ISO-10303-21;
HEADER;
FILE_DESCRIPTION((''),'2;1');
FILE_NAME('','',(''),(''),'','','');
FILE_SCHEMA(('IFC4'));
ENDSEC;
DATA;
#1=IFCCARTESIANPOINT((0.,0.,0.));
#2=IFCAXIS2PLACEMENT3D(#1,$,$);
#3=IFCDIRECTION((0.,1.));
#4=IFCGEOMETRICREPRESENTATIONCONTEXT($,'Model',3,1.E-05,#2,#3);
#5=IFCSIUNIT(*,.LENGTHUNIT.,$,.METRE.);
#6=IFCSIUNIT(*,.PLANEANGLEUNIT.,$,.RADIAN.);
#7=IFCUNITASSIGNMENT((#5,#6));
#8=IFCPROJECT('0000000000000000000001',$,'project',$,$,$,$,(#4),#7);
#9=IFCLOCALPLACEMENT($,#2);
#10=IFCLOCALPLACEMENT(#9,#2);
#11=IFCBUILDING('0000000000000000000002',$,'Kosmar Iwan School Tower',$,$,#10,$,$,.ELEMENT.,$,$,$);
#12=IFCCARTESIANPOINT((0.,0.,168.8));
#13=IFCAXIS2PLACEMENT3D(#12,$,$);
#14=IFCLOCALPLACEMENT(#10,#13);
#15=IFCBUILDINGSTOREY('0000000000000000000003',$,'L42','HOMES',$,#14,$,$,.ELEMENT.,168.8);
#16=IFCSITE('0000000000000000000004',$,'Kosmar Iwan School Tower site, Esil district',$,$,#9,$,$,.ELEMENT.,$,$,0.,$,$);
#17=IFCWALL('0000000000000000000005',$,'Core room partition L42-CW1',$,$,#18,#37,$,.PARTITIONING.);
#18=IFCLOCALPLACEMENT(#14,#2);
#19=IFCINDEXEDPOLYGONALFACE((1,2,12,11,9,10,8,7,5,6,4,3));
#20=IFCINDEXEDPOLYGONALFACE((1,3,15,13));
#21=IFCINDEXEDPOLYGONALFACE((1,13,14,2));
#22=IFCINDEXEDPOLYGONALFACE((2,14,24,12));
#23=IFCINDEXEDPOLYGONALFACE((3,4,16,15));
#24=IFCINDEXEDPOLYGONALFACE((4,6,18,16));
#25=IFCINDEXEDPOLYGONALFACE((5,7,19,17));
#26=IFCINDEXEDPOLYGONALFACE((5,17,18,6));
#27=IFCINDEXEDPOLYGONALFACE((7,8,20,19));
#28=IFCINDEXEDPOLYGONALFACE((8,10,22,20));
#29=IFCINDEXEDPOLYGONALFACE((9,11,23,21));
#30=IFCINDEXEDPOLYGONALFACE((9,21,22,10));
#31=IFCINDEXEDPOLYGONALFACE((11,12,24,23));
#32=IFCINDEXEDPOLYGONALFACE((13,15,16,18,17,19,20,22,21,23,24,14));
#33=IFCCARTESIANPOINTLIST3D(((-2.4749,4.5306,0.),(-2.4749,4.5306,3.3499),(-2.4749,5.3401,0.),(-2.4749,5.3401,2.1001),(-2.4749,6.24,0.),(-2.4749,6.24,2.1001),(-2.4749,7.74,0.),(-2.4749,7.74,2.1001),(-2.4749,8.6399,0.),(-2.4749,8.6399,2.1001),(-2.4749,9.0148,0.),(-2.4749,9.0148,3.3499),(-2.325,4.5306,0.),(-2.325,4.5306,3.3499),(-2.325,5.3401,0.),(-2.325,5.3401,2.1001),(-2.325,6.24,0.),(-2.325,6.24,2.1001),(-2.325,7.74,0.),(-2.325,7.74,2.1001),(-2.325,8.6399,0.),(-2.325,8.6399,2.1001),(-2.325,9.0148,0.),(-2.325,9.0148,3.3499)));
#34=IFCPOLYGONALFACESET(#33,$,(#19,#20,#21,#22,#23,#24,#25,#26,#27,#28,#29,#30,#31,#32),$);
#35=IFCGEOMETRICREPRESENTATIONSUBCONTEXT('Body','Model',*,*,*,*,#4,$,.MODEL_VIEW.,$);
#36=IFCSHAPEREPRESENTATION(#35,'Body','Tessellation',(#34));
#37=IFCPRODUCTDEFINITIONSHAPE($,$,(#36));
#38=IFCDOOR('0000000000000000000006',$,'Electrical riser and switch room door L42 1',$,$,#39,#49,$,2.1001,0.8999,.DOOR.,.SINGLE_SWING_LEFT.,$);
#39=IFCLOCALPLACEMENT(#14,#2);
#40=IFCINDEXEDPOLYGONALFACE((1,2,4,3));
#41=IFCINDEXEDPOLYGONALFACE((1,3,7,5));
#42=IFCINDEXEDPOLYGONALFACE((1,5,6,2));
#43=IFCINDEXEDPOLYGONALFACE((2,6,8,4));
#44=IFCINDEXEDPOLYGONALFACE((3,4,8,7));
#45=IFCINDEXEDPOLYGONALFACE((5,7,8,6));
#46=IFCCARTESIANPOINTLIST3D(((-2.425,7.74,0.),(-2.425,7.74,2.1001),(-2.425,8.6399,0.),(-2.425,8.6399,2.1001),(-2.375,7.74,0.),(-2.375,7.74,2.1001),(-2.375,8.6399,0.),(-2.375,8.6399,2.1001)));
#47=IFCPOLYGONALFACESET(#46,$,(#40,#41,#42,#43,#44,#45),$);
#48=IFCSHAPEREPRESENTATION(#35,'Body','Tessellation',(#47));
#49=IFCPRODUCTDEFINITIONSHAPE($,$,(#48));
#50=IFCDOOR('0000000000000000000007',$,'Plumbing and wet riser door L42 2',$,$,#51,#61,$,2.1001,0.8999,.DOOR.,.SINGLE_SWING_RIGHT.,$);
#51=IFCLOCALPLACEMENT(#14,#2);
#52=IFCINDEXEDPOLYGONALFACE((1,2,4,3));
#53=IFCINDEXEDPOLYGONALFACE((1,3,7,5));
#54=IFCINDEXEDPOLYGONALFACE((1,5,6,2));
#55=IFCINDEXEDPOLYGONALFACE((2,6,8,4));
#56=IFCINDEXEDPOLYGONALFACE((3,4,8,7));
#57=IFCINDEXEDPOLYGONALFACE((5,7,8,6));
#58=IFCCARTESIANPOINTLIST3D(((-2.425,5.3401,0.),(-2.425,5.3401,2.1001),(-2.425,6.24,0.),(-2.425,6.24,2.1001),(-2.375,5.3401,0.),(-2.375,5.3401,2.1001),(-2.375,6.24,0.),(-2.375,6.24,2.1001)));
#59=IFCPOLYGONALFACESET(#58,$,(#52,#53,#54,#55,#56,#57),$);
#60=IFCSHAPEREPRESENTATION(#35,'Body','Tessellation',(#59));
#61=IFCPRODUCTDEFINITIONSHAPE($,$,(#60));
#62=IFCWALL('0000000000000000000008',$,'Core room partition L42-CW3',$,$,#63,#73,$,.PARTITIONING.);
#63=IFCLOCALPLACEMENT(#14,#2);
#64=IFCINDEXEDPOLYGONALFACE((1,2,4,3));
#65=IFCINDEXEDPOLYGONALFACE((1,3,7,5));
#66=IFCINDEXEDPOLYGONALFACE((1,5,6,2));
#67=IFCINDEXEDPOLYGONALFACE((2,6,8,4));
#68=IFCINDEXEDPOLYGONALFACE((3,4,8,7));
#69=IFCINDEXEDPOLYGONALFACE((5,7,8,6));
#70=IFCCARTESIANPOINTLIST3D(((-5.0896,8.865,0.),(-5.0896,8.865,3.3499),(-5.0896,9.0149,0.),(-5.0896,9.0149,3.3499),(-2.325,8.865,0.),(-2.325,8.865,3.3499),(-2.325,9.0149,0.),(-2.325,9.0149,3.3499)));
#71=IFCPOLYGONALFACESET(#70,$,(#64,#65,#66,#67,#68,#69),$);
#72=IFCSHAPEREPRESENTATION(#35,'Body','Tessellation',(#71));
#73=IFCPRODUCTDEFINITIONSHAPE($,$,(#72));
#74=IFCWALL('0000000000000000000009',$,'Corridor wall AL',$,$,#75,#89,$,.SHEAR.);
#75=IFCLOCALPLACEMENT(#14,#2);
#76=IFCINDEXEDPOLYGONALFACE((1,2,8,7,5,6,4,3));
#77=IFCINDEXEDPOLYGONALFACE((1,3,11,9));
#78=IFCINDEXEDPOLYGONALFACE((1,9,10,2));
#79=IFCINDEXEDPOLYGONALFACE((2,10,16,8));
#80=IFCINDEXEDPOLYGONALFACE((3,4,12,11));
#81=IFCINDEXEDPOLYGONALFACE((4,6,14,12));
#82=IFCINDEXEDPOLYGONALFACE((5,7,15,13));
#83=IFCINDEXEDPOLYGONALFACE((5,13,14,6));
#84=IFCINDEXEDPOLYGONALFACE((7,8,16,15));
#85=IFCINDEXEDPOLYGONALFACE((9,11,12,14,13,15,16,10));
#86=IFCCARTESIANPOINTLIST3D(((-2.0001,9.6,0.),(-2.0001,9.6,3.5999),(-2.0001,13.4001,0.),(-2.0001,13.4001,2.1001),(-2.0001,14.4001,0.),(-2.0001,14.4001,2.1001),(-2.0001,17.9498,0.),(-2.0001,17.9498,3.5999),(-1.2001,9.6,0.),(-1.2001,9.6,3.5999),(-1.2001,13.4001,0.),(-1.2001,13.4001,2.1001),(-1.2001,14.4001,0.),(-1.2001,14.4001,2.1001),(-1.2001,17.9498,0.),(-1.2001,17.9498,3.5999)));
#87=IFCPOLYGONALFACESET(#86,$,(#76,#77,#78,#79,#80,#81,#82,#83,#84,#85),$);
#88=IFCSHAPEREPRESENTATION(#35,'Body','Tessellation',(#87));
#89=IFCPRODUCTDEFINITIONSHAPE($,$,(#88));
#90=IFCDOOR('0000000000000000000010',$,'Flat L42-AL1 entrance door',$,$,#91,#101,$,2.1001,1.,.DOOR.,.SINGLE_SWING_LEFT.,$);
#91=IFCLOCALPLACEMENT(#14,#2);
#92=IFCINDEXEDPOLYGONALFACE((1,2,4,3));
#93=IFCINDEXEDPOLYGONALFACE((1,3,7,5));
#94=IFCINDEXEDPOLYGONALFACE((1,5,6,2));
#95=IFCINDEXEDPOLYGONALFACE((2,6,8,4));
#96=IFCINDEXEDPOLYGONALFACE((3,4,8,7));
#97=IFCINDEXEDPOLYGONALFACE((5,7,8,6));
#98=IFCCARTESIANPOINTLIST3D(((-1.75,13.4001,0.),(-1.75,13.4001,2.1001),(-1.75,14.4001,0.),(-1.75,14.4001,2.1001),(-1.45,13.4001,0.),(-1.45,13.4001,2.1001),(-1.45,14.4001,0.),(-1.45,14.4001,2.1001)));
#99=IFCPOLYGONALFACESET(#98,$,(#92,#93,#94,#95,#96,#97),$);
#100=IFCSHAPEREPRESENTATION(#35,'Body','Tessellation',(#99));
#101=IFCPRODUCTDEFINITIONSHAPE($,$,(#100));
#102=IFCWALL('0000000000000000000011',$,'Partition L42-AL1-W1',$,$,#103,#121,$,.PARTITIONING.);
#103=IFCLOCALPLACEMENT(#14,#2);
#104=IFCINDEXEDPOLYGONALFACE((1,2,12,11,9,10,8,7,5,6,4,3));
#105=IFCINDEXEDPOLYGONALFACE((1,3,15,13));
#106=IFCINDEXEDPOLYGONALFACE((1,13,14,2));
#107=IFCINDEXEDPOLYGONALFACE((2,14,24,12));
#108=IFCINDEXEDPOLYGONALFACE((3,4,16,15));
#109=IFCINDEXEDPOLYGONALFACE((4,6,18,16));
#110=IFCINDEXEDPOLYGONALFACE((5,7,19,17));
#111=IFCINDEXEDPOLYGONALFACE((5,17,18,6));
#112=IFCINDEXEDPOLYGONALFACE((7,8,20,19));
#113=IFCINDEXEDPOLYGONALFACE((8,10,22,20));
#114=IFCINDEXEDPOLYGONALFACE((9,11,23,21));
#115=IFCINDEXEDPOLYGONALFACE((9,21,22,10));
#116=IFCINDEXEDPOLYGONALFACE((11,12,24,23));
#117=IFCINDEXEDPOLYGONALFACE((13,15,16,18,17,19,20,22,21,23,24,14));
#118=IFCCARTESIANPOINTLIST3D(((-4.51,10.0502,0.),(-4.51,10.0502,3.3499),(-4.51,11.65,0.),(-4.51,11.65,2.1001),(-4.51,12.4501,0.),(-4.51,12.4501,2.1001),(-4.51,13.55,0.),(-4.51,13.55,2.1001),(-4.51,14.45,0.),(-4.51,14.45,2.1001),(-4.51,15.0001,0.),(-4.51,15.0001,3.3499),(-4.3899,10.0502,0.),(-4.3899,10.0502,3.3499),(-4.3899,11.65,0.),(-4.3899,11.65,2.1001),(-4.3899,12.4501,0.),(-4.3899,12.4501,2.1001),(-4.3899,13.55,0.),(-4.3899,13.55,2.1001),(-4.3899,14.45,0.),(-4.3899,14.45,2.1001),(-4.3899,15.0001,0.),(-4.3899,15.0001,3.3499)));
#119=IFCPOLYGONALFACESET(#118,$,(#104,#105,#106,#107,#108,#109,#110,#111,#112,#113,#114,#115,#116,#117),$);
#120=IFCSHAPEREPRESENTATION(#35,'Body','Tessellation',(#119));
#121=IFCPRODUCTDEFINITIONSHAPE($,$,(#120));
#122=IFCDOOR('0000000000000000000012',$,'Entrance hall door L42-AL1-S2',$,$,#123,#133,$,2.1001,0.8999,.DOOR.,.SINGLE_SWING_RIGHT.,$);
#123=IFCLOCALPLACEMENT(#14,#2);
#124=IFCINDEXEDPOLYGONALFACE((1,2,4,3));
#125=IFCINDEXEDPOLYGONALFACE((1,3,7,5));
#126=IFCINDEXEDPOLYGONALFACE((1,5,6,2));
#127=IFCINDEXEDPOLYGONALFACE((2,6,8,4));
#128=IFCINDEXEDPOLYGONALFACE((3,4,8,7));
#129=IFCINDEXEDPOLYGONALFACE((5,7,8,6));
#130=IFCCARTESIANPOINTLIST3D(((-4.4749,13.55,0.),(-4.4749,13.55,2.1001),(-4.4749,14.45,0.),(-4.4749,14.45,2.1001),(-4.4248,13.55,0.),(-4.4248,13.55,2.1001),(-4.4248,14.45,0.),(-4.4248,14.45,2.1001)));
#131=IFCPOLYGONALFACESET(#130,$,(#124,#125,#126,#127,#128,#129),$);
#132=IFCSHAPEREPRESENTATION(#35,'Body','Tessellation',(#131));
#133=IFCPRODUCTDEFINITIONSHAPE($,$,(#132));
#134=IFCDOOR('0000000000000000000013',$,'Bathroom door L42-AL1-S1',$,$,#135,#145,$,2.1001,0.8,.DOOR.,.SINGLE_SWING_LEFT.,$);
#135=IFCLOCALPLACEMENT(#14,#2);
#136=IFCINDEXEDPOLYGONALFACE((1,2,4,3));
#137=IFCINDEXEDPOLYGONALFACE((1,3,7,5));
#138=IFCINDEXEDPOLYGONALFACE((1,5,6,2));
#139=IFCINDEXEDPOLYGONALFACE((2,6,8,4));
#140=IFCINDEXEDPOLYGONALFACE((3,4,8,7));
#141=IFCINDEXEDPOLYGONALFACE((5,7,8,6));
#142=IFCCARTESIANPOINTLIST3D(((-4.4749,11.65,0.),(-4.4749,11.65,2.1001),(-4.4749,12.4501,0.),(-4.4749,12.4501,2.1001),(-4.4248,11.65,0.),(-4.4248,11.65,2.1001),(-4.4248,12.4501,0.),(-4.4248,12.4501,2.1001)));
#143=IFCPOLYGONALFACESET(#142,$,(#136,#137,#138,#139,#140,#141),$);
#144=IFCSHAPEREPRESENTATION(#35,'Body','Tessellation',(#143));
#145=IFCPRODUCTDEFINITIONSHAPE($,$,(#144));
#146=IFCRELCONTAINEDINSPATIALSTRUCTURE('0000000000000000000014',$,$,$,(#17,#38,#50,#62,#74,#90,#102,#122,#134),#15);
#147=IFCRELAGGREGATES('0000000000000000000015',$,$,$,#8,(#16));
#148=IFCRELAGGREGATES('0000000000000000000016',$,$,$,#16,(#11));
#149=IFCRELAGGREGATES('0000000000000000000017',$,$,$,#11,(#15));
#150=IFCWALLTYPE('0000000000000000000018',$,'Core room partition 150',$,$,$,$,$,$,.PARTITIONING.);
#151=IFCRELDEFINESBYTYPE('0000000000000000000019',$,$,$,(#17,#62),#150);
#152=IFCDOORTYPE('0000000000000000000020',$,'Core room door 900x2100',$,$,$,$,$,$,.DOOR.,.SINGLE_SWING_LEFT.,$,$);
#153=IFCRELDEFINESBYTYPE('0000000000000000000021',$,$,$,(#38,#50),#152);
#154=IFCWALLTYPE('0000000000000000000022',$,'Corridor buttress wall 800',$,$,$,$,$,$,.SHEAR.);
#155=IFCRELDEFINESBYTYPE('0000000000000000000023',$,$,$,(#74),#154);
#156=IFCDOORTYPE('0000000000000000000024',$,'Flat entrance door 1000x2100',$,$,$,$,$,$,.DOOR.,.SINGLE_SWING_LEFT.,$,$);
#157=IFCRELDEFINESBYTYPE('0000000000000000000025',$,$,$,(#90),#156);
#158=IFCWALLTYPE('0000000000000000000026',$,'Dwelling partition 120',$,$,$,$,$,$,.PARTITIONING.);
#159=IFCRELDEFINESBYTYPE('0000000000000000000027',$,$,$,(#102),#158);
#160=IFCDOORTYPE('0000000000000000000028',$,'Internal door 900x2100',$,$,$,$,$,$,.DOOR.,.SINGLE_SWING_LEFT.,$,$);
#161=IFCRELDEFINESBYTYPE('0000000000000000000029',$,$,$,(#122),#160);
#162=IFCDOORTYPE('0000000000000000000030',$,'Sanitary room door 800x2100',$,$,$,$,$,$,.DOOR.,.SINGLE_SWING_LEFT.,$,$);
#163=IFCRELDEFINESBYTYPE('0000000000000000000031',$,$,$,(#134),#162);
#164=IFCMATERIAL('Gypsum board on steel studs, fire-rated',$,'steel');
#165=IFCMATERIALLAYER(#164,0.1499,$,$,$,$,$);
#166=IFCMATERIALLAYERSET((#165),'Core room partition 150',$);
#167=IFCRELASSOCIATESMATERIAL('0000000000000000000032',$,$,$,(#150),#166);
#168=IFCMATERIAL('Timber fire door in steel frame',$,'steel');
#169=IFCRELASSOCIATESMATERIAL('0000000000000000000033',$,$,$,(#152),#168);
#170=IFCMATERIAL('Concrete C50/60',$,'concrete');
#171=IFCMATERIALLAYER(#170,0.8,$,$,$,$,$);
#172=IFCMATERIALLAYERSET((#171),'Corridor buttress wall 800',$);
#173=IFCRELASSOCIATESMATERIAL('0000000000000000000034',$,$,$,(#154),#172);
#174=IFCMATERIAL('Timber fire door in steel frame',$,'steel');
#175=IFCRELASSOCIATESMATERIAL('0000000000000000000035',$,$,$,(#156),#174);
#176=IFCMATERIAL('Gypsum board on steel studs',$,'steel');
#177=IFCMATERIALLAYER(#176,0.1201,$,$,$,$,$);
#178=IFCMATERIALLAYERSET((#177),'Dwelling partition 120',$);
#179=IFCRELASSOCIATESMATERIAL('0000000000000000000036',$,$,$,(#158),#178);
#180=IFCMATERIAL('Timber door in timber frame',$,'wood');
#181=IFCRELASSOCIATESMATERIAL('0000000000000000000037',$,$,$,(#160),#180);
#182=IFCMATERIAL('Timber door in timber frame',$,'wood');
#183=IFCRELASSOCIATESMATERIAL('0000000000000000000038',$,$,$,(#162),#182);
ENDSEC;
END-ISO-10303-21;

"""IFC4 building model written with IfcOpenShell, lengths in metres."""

from ifc_helpers import new_model, si_unit, direction, frame, frame_2d, origin, place, context, subcontext, project, spatial, rectangle, extrude, material, layer, layer_set, type_object, element, fill, save


model = new_model("IFC4")

# Units and contexts
model_context = context("Model", 3, precision=1e-05, world=origin(), true_north=direction((0.0, 1.0)))
body_context = subcontext(model_context, "Body", "Model", "MODEL_VIEW")
ifc_project = project(units=[si_unit("LENGTHUNIT", "METRE"), si_unit("PLANEANGLEUNIT", "RADIAN")], contexts=[model_context])

# Site, building, storey
site_placement = place(None, origin())
site = spatial("IfcSite", under=ifc_project, at=site_placement, Name="Kosmar Iwan School Tower site, Esil district", CompositionType="ELEMENT", RefElevation=0.0)
building_placement = place(site_placement, origin())
building = spatial("IfcBuilding", under=site, at=building_placement, Name="Kosmar Iwan School Tower", CompositionType="ELEMENT")
storey_placement = place(building_placement, frame((0.0, 0.0, 168.8)))
storey = spatial("IfcBuildingStorey", under=building, at=storey_placement, Name="L42", Description="HOMES", CompositionType="ELEMENT", Elevation=168.8)

# Wall, openings, doors
ifc_material_1 = material(Name="Gypsum board on steel studs, fire-rated", Category="steel")
ifc_layer_1 = layer(ifc_material_1, 0.1499)
ifc_layer_set_1 = layer_set([ifc_layer_1], Name="Core room partition 150")
wall_type_1 = type_object("IfcWallType", Name="Core room partition 150", PredefinedType="PARTITIONING", material=ifc_layer_set_1)
wall_1_placement = place(storey_placement, frame((-2.3999, 9.0149, 0.0), z_axis=(0.0, 0.0, 1.0), x_axis=(0.0, -1.0, 0.0)))
wall_1 = element("IfcWall", 1, at=wall_1_placement, inside=storey, type_object=wall_type_1, Name="Core room partition L42-CW1", PredefinedType="PARTITIONING", context=body_context, shape_type="SweptSolid", body=[
    extrude(rectangle(XDim=4.4841, YDim=0.1499, at=frame_2d((2.2422, 0.0))), origin(), (0.0, 0.0, 1.0), 3.3499),
])
opening_1_placement = place(wall_1_placement, frame((0.375, 0.0, 0.0)))
opening_1 = element("IfcOpeningElement", 2, at=opening_1_placement, cuts=wall_1, PredefinedType="OPENING", context=body_context, shape_type="SweptSolid", body=[
    extrude(rectangle(XDim=0.8999, YDim=2.1001, at=frame_2d((0.45, 1.05))), frame((0.0, 0.0869, 0.0), z_axis=(0.0, -1.0, 0.0), x_axis=(1.0, 0.0, 0.0)), (0.0, 0.0, 1.0), 0.1738),
])
opening_2_placement = place(wall_1_placement, frame((2.7749, 0.0, 0.0)))
opening_2 = element("IfcOpeningElement", 3, at=opening_2_placement, cuts=wall_1, PredefinedType="OPENING", context=body_context, shape_type="SweptSolid", body=[
    extrude(rectangle(XDim=0.8999, YDim=2.1001, at=frame_2d((0.45, 1.05))), frame((0.0, 0.0869, 0.0), z_axis=(0.0, -1.0, 0.0), x_axis=(1.0, 0.0, 0.0)), (0.0, 0.0, 1.0), 0.1738),
])
ifc_material_2 = material(Name="Timber fire door in steel frame", Category="steel")
door_type_1 = type_object("IfcDoorType", Name="Core room door 900x2100", OperationType="SINGLE_SWING_LEFT", PredefinedType="DOOR", material=ifc_material_2)
door_1_placement = place(opening_1_placement, origin())
door_1 = element("IfcDoor", 4, at=door_1_placement, inside=storey, type_object=door_type_1, Name="Electrical riser and switch room door L42 1", OperationType="SINGLE_SWING_LEFT", OverallHeight=2.1001, OverallWidth=0.8999, PredefinedType="DOOR", context=body_context, shape_type="SweptSolid", body=[
    extrude(rectangle(XDim=0.8999, YDim=2.1001, at=frame_2d((0.45, 1.05))), frame((0.0, 0.0249, 0.0), z_axis=(0.0, -1.0, 0.0), x_axis=(1.0, 0.0, 0.0)), (0.0, 0.0, 1.0), 0.05),
])
fill(opening_1, door_1)
door_2_placement = place(opening_2_placement, origin())
door_2 = element("IfcDoor", 5, at=door_2_placement, inside=storey, type_object=door_type_1, Name="Plumbing and wet riser door L42 2", OperationType="SINGLE_SWING_RIGHT", OverallHeight=2.1001, OverallWidth=0.8999, PredefinedType="DOOR", context=body_context, shape_type="SweptSolid", body=[
    extrude(rectangle(XDim=0.8999, YDim=2.1001, at=frame_2d((0.45, 1.05))), frame((0.0, 0.0249, 0.0), z_axis=(0.0, -1.0, 0.0), x_axis=(1.0, 0.0, 0.0)), (0.0, 0.0, 1.0), 0.05),
])
fill(opening_2, door_2)

# Wall
wall_2_placement = place(storey_placement, frame((-5.0896, 8.9399, 0.0), z_axis=(0.0, 0.0, 1.0), x_axis=(1.0, 0.0, 0.0)))
element("IfcWall", 6, at=wall_2_placement, inside=storey, type_object=wall_type_1, Name="Core room partition L42-CW3", PredefinedType="PARTITIONING", context=body_context, shape_type="SweptSolid", body=[
    extrude(rectangle(XDim=2.7646, YDim=0.1499, at=frame_2d((1.3823, 0.0))), origin(), (0.0, 0.0, 1.0), 3.3499),
])

# Wall, opening, door
ifc_material_3 = material(Name="Concrete C50/60", Category="concrete")
ifc_layer_2 = layer(ifc_material_3, 0.8)
ifc_layer_set_2 = layer_set([ifc_layer_2], Name="Corridor buttress wall 800")
wall_type_2 = type_object("IfcWallType", Name="Corridor buttress wall 800", PredefinedType="SHEAR", material=ifc_layer_set_2)
wall_3_placement = place(storey_placement, frame((-1.6001, 9.6001, 0.0), z_axis=(0.0, 0.0, 1.0), x_axis=(0.0, 1.0, 0.0)))
wall_3 = element("IfcWall", 7, at=wall_3_placement, inside=storey, type_object=wall_type_2, Name="Corridor wall AL", PredefinedType="SHEAR", context=body_context, shape_type="SweptSolid", body=[
    extrude(rectangle(XDim=8.3499, YDim=0.8, at=frame_2d((4.1748, 0.0))), origin(), (0.0, 0.0, 1.0), 3.5999),
])
opening_3_placement = place(wall_3_placement, frame((3.8, 0.0, 0.0)))
opening_3 = element("IfcOpeningElement", 8, at=opening_3_placement, cuts=wall_3, PredefinedType="OPENING", context=body_context, shape_type="SweptSolid", body=[
    extrude(rectangle(XDim=1.0, YDim=2.1001, at=frame_2d((0.5, 1.05))), frame((0.0, 0.4121, 0.0), z_axis=(0.0, -1.0, 0.0), x_axis=(1.0, 0.0, 0.0)), (0.0, 0.0, 1.0), 0.824),
])
ifc_material_4 = material(Name="Timber fire door in steel frame", Category="steel")
door_type_2 = type_object("IfcDoorType", Name="Flat entrance door 1000x2100", OperationType="SINGLE_SWING_LEFT", PredefinedType="DOOR", material=ifc_material_4)
door_3_placement = place(opening_3_placement, origin())
door_3 = element("IfcDoor", 9, at=door_3_placement, inside=storey, type_object=door_type_2, Name="Flat L42-AL1 entrance door", OperationType="SINGLE_SWING_LEFT", OverallHeight=2.1001, OverallWidth=1.0, PredefinedType="DOOR", context=body_context, shape_type="SweptSolid", body=[
    extrude(rectangle(XDim=1.0, YDim=2.1001, at=frame_2d((0.5, 1.05))), frame((0.0, 0.1499, 0.0), z_axis=(0.0, -1.0, 0.0), x_axis=(1.0, 0.0, 0.0)), (0.0, 0.0, 1.0), 0.3),
])
fill(opening_3, door_3)

# Wall, openings, doors
ifc_material_5 = material(Name="Gypsum board on steel studs", Category="steel")
ifc_layer_3 = layer(ifc_material_5, 0.1201)
ifc_layer_set_3 = layer_set([ifc_layer_3], Name="Dwelling partition 120")
wall_type_3 = type_object("IfcWallType", Name="Dwelling partition 120", PredefinedType="PARTITIONING", material=ifc_layer_set_3)
wall_4_placement = place(storey_placement, frame((-4.45, 10.05, 0.0), z_axis=(0.0, 0.0, 1.0), x_axis=(0.0, 1.0, 0.0)))
wall_4 = element("IfcWall", 10, at=wall_4_placement, inside=storey, type_object=wall_type_3, Name="Partition L42-AL1-W1", PredefinedType="PARTITIONING", context=body_context, shape_type="SweptSolid", body=[
    extrude(rectangle(XDim=4.95, YDim=0.1201, at=frame_2d((2.4751, 0.0))), origin(), (0.0, 0.0, 1.0), 3.3499),
])
opening_4_placement = place(wall_4_placement, frame((1.6001, 0.0, 0.0)))
opening_4 = element("IfcOpeningElement", 11, at=opening_4_placement, cuts=wall_4, PredefinedType="OPENING", context=body_context, shape_type="SweptSolid", body=[
    extrude(rectangle(XDim=0.8, YDim=2.1001, at=frame_2d((0.3999, 1.05))), frame((0.0, 0.072, 0.0), z_axis=(0.0, -1.0, 0.0), x_axis=(1.0, 0.0, 0.0)), (0.0, 0.0, 1.0), 0.144),
])
opening_5_placement = place(wall_4_placement, frame((3.5, 0.0, 0.0)))
opening_5 = element("IfcOpeningElement", 12, at=opening_5_placement, cuts=wall_4, PredefinedType="OPENING", context=body_context, shape_type="SweptSolid", body=[
    extrude(rectangle(XDim=0.8999, YDim=2.1001, at=frame_2d((0.45, 1.05))), frame((0.0, 0.072, 0.0), z_axis=(0.0, -1.0, 0.0), x_axis=(1.0, 0.0, 0.0)), (0.0, 0.0, 1.0), 0.144),
])
ifc_material_6 = material(Name="Timber door in timber frame", Category="wood")
door_type_3 = type_object("IfcDoorType", Name="Internal door 900x2100", OperationType="SINGLE_SWING_LEFT", PredefinedType="DOOR", material=ifc_material_6)
door_4_placement = place(opening_5_placement, origin())
door_4 = element("IfcDoor", 13, at=door_4_placement, inside=storey, type_object=door_type_3, Name="Entrance hall door L42-AL1-S2", OperationType="SINGLE_SWING_RIGHT", OverallHeight=2.1001, OverallWidth=0.8999, PredefinedType="DOOR", context=body_context, shape_type="SweptSolid", body=[
    extrude(rectangle(XDim=0.8999, YDim=2.1001, at=frame_2d((0.45, 1.05))), frame((0.0, 0.0249, 0.0), z_axis=(0.0, -1.0, 0.0), x_axis=(1.0, 0.0, 0.0)), (0.0, 0.0, 1.0), 0.05),
])
fill(opening_5, door_4)
ifc_material_7 = material(Name="Timber door in timber frame", Category="wood")
door_type_4 = type_object("IfcDoorType", Name="Sanitary room door 800x2100", OperationType="SINGLE_SWING_LEFT", PredefinedType="DOOR", material=ifc_material_7)
door_5_placement = place(opening_4_placement, origin())
door_5 = element("IfcDoor", 14, at=door_5_placement, inside=storey, type_object=door_type_4, Name="Bathroom door L42-AL1-S1", OperationType="SINGLE_SWING_LEFT", OverallHeight=2.1001, OverallWidth=0.8, PredefinedType="DOOR", context=body_context, shape_type="SweptSolid", body=[
    extrude(rectangle(XDim=0.8, YDim=2.1001, at=frame_2d((0.3999, 1.05))), frame((0.0, 0.0249, 0.0), z_axis=(0.0, -1.0, 0.0), x_axis=(1.0, 0.0, 0.0)), (0.0, 0.0, 1.0), 0.05),
])
fill(opening_4, door_5)

save(model, "model.ifc")
